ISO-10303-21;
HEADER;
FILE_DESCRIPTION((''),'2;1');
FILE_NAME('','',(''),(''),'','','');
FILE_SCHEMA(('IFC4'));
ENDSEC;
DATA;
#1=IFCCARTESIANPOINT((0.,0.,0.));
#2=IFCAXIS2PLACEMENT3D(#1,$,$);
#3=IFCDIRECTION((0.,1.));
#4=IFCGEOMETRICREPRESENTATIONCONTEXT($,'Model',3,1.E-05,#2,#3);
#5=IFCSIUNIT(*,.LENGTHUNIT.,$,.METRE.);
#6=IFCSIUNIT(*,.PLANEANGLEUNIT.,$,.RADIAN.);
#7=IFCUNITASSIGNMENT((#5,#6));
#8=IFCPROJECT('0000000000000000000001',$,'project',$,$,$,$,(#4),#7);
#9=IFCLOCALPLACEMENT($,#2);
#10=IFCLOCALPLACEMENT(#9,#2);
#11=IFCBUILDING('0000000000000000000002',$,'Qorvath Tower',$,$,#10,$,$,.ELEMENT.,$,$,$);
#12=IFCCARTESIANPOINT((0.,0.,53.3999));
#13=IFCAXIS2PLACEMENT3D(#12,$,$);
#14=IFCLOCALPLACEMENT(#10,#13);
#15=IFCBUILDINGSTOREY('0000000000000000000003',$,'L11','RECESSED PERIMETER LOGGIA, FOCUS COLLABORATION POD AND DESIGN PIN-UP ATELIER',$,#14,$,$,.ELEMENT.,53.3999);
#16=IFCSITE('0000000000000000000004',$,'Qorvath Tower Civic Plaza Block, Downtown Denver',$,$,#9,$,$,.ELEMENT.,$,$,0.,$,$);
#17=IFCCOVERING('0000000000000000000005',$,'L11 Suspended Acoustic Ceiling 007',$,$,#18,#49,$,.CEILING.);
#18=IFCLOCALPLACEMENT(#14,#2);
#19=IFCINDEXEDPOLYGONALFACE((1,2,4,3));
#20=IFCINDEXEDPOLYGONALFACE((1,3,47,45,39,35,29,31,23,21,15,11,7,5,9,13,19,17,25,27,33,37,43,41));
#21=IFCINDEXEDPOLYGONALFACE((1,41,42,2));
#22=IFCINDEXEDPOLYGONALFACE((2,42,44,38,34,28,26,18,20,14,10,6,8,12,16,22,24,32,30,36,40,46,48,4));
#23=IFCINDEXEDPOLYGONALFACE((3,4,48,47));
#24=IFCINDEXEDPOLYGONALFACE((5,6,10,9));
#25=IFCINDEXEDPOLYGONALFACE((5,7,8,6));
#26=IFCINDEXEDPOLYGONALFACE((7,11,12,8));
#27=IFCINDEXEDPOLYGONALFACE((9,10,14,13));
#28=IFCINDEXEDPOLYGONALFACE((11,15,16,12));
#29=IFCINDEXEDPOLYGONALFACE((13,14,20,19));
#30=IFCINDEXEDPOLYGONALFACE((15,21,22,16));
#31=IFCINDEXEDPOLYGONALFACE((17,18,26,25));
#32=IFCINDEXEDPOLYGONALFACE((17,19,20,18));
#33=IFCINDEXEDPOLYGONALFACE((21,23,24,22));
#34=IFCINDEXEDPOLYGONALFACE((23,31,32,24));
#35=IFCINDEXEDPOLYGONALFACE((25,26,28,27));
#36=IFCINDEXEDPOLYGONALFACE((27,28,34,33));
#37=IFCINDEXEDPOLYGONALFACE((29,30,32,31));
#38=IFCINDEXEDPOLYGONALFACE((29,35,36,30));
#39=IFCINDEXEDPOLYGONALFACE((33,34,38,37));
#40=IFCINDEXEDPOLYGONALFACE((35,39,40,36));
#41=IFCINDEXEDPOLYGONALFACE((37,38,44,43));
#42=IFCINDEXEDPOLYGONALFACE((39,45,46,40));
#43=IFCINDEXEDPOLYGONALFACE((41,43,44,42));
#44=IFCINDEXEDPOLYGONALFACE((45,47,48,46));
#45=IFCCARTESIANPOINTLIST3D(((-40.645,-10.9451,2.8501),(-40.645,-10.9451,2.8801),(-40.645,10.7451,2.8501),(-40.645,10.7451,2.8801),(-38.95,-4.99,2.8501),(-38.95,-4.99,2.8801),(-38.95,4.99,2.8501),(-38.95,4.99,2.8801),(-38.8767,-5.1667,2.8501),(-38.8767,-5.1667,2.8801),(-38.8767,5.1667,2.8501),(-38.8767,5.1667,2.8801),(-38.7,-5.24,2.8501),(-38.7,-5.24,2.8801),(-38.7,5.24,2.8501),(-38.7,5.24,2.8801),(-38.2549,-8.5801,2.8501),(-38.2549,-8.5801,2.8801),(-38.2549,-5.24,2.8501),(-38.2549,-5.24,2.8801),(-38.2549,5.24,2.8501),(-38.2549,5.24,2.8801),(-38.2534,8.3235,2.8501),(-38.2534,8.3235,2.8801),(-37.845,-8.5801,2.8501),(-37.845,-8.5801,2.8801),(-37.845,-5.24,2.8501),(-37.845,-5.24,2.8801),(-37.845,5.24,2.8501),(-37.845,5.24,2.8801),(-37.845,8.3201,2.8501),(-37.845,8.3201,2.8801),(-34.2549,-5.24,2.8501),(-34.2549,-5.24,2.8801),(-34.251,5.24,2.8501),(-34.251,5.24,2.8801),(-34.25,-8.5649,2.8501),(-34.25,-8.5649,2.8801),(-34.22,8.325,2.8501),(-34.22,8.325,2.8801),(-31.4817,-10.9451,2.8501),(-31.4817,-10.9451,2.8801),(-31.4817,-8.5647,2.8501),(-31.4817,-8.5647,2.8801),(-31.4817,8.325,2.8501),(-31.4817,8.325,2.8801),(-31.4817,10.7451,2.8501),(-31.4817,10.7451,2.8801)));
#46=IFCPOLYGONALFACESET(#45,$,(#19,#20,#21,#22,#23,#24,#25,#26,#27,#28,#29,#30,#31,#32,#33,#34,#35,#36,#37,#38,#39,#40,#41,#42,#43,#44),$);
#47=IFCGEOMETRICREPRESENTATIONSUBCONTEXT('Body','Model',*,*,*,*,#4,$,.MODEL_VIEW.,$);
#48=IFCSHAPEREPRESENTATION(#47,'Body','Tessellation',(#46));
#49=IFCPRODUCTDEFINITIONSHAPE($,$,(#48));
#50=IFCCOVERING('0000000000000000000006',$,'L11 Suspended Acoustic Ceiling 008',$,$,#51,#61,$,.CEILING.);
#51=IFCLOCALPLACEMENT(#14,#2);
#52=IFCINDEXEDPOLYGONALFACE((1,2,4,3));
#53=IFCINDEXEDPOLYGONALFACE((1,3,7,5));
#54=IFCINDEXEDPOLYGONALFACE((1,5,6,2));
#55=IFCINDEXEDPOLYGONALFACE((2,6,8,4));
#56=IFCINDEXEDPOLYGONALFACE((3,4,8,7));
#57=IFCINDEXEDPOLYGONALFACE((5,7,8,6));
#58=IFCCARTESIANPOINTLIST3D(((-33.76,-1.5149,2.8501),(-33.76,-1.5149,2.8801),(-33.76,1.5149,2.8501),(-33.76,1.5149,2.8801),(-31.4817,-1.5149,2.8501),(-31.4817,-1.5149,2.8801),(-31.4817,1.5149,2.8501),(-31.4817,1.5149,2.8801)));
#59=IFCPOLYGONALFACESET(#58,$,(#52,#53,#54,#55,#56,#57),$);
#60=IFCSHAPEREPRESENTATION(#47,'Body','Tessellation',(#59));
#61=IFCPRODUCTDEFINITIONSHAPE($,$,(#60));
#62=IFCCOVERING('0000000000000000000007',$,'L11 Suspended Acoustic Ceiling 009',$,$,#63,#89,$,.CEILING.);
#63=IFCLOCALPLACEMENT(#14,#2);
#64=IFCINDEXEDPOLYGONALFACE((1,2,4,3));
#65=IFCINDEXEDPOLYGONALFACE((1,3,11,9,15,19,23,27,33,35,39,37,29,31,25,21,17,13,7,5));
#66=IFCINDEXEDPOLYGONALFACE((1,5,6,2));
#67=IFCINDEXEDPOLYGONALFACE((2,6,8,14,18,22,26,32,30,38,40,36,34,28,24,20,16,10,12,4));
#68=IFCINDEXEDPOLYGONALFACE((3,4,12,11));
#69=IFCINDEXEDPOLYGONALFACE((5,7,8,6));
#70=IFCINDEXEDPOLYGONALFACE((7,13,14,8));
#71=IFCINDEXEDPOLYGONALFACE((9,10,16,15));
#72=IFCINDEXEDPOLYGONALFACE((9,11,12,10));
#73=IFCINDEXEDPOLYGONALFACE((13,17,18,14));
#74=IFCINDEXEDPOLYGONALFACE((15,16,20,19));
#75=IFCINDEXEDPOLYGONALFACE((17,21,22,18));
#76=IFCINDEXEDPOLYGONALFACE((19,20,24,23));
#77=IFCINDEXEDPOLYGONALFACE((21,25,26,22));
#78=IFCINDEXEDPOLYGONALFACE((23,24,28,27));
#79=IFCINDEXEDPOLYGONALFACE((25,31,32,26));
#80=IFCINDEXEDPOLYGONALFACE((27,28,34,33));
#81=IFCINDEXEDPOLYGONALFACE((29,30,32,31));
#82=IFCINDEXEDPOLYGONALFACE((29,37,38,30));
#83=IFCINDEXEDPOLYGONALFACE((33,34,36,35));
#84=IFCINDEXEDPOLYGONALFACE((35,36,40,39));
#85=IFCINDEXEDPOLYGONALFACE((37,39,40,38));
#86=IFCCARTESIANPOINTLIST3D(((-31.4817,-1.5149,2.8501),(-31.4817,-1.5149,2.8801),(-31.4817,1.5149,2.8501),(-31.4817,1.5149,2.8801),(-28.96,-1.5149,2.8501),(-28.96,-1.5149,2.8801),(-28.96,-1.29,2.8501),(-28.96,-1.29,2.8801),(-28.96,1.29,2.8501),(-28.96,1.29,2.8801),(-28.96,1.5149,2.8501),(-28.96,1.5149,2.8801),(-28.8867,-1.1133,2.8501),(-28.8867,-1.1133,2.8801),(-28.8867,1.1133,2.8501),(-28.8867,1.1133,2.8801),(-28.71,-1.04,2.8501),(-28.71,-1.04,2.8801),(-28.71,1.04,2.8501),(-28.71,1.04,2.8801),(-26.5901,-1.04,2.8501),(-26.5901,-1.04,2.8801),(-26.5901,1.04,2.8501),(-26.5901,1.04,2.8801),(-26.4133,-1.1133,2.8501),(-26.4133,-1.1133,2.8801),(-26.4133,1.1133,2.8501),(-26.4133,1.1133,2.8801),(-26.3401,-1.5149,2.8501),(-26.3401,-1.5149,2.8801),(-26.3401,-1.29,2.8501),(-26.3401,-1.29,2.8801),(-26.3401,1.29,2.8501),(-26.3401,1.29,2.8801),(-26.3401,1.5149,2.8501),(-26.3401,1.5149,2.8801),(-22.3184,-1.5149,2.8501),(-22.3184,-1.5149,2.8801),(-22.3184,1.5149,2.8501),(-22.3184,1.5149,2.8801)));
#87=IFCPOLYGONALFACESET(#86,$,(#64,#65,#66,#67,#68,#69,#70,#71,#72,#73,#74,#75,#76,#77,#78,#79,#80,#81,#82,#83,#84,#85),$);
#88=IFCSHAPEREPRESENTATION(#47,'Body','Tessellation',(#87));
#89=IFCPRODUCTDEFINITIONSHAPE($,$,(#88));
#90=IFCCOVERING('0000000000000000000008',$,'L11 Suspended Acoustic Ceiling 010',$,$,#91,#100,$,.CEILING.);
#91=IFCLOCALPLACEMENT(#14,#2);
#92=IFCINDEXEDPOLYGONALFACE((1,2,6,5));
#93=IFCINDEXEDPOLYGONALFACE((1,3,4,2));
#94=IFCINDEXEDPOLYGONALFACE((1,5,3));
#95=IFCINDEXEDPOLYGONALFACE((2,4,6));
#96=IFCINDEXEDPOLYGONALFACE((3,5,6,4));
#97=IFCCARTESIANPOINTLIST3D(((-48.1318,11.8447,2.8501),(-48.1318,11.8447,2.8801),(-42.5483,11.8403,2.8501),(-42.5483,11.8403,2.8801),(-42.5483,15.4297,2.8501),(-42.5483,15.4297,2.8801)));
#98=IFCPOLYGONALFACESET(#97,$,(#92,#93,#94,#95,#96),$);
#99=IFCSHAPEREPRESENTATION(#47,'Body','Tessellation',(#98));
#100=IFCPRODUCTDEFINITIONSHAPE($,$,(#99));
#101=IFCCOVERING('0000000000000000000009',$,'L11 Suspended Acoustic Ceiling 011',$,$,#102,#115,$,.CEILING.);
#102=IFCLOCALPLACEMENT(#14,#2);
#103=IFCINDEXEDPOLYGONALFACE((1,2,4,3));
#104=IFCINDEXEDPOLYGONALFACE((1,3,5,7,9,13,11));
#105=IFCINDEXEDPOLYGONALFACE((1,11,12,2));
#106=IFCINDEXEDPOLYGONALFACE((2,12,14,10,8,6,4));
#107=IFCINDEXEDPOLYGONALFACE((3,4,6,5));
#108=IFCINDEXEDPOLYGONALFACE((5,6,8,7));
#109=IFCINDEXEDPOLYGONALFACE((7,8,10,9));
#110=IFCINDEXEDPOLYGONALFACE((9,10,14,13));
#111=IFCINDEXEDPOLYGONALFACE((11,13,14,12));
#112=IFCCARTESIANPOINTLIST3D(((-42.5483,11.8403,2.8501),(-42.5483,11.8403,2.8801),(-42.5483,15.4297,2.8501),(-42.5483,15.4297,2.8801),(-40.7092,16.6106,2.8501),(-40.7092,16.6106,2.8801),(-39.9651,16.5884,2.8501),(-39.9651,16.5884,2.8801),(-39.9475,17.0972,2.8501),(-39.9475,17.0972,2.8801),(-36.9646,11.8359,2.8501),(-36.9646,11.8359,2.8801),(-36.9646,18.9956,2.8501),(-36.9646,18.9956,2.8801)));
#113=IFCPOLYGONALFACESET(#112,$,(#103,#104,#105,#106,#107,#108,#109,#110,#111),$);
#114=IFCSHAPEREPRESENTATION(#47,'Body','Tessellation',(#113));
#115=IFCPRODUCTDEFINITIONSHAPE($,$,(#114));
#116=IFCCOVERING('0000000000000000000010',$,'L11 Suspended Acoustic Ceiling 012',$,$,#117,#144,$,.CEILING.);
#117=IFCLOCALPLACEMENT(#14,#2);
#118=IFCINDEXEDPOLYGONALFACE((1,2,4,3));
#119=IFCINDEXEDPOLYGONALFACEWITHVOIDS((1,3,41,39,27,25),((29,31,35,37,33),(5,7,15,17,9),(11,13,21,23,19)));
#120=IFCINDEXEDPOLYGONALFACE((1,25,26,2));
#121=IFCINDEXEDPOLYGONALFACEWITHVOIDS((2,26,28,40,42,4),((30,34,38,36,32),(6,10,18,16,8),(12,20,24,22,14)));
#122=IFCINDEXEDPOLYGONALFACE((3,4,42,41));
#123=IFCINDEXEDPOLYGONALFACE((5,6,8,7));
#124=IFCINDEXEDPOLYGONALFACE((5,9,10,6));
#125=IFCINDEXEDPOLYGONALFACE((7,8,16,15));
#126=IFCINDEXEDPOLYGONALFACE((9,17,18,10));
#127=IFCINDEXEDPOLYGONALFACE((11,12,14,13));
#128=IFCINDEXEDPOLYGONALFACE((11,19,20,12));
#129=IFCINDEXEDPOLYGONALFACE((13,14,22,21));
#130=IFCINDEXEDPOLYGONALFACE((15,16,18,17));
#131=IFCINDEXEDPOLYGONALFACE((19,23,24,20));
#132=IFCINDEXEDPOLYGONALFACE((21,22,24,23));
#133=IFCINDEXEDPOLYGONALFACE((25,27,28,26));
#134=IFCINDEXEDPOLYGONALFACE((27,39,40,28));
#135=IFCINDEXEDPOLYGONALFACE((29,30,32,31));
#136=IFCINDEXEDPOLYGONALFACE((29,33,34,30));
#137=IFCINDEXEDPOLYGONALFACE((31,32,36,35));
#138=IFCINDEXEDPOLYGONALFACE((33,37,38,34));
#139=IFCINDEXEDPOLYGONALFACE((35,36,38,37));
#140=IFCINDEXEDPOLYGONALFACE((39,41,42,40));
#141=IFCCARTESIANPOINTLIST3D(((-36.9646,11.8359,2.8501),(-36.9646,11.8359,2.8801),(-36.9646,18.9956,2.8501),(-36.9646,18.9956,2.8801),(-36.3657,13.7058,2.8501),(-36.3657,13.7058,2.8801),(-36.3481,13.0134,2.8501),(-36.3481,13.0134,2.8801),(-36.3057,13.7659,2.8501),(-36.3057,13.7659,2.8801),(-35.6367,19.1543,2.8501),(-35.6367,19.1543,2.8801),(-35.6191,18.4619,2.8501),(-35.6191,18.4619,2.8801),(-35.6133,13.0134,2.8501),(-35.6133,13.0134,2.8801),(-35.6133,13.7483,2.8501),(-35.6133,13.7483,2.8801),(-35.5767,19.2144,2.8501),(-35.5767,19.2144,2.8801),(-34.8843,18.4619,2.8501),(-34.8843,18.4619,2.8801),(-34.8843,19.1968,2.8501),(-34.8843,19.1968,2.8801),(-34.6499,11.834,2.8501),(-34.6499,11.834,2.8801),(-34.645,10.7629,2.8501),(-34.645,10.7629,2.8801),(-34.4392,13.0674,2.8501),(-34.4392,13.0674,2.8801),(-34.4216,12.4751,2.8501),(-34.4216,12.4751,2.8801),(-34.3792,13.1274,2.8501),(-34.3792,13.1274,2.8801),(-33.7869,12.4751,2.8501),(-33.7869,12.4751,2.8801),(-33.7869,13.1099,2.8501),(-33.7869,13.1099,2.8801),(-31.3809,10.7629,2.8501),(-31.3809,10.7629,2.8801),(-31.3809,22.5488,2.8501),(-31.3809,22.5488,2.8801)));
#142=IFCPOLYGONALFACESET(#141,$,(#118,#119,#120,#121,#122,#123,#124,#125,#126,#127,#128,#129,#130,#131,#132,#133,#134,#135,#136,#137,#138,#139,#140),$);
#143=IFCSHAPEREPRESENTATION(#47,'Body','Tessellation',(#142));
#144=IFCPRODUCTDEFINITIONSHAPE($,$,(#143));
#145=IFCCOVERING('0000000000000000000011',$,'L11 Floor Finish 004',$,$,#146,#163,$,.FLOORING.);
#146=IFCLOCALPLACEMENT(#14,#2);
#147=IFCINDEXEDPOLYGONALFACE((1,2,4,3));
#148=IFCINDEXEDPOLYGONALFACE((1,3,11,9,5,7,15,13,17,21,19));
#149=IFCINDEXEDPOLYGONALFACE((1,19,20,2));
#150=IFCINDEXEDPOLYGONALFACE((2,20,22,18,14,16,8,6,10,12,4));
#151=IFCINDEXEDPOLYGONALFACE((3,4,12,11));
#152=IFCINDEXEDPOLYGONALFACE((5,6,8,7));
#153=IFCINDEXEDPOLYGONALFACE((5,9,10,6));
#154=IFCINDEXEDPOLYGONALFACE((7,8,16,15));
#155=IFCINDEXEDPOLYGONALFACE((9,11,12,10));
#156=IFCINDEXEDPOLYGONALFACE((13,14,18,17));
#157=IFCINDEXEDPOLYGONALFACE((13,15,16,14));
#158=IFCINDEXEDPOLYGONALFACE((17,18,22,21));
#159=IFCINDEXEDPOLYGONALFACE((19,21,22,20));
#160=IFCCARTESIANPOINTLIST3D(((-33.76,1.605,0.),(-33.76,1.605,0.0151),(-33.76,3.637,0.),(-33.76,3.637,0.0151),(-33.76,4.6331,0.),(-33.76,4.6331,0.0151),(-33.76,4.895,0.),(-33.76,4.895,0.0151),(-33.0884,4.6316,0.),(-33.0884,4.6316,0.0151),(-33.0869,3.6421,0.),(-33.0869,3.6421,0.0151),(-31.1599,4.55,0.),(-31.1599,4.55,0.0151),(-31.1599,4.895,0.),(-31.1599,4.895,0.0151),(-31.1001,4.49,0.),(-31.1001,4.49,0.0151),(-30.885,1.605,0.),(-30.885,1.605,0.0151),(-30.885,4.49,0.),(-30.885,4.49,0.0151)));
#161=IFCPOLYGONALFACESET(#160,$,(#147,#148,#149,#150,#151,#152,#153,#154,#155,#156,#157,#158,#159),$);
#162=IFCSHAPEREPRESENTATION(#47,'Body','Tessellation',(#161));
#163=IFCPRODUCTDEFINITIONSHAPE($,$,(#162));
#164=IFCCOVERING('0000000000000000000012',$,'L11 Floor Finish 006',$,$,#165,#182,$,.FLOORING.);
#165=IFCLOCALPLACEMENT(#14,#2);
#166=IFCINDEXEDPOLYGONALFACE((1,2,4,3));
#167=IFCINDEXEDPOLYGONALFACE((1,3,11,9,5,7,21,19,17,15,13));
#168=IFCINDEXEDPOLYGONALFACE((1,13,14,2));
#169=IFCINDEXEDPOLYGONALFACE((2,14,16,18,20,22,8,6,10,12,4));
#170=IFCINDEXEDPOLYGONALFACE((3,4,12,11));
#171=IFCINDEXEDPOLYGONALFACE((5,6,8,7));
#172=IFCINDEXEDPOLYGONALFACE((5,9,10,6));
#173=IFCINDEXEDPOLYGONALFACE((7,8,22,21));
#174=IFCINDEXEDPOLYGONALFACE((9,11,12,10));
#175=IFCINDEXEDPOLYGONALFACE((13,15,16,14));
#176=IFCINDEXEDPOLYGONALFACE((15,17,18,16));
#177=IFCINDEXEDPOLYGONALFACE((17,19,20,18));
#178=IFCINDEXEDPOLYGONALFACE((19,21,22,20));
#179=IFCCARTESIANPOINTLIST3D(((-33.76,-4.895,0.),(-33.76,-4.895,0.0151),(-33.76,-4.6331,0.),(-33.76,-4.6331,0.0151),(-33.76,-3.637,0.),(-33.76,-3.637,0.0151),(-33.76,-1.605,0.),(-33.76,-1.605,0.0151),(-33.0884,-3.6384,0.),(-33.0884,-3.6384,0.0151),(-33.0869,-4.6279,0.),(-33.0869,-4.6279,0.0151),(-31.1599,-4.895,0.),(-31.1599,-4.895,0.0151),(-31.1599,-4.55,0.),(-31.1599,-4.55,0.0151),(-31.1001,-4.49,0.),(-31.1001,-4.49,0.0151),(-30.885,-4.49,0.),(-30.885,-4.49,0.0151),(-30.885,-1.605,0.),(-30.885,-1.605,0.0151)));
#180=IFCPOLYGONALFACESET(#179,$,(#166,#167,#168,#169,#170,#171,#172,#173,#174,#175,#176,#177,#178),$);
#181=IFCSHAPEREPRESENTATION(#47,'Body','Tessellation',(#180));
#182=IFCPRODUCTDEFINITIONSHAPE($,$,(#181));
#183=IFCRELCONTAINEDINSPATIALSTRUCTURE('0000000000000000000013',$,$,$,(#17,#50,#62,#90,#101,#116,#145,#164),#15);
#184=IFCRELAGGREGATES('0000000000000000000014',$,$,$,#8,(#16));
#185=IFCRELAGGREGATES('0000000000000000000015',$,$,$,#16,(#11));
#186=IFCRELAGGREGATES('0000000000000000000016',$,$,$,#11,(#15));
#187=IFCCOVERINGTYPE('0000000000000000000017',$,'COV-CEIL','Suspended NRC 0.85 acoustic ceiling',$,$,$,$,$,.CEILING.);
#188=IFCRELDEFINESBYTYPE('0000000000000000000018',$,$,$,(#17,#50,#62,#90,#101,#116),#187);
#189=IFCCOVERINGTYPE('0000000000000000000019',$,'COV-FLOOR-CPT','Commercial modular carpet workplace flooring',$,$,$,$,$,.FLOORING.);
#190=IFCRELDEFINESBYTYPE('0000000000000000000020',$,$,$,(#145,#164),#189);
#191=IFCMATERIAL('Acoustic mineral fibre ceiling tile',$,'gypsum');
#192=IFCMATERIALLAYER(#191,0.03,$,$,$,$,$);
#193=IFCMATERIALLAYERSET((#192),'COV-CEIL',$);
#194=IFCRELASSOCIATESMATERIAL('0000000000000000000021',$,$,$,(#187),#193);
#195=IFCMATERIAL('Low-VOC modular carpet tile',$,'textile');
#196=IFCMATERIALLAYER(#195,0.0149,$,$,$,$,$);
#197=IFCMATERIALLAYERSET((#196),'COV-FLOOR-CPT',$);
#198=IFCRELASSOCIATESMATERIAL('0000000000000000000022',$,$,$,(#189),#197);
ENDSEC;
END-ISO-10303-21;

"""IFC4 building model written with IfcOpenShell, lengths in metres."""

from ifc_helpers import new_model, si_unit, direction, frame, origin, place, context, subcontext, project, spatial, polyline, outline, extrude, material, layer, layer_set, type_object, element, save


model = new_model("IFC4")

# Units and contexts
model_context = context("Model", 3, precision=1e-05, world=origin(), true_north=direction((0.0, 1.0)))
body_context = subcontext(model_context, "Body", "Model", "MODEL_VIEW")
ifc_project = project(units=[si_unit("LENGTHUNIT", "METRE"), si_unit("PLANEANGLEUNIT", "RADIAN")], contexts=[model_context])

# Site, building, storey
site_placement = place(None, origin())
site = spatial("IfcSite", under=ifc_project, at=site_placement, Name="Qorvath Tower Civic Plaza Block, Downtown Denver", CompositionType="ELEMENT", RefElevation=0.0)
building_placement = place(site_placement, origin())
building = spatial("IfcBuilding", under=site, at=building_placement, Name="Qorvath Tower", CompositionType="ELEMENT")
storey_placement = place(building_placement, frame((0.0, 0.0, 53.3999)))
storey = spatial("IfcBuildingStorey", under=building, at=storey_placement, Name="L11", Description="RECESSED PERIMETER LOGGIA, FOCUS COLLABORATION POD AND DESIGN PIN-UP ATELIER", CompositionType="ELEMENT", Elevation=53.3999)

# Coverings
ifc_material_1 = material(Name="Acoustic mineral fibre ceiling tile", Category="gypsum")
ifc_layer_1 = layer(ifc_material_1, 0.03)
ifc_layer_set_1 = layer_set([ifc_layer_1], Name="COV-CEIL")
covering_type_1 = type_object("IfcCoveringType", Name="COV-CEIL", Description="Suspended NRC 0.85 acoustic ceiling", PredefinedType="CEILING", material=ifc_layer_set_1)
covering_1_placement = place(storey_placement, frame((0.0, 0.0, 2.8501)))
element("IfcCovering", 1, at=covering_1_placement, inside=storey, type_object=covering_type_1, Name="L11 Suspended Acoustic Ceiling 007", PredefinedType="CEILING", context=body_context, shape_type="SweptSolid", body=[
    extrude(outline(polyline([(-31.4817, -10.9451), (-31.4817, -8.5647), (-34.25, -8.5649), (-34.2549, -5.24), (-37.845, -5.24), (-37.845, -8.5801), (-38.2549, -8.5801), (-38.2549, -5.24), (-38.7, -5.24), (-38.8767, -5.1667), (-38.95, -4.99), (-38.95, 4.99), (-38.8767, 5.1667), (-38.7, 5.24), (-38.2549, 5.24), (-38.2534, 8.3235), (-37.845, 8.3201), (-37.845, 5.24), (-34.251, 5.24), (-34.22, 8.325), (-31.4817, 8.325), (-31.4817, 10.7451), (-40.645, 10.7451), (-40.645, -10.9451), (-31.4817, -10.9451)])), origin(), (0.0, 0.0, 1.0), 0.03),
])
covering_2_placement = place(storey_placement, frame((0.0, 0.0, 2.8501)))
element("IfcCovering", 2, at=covering_2_placement, inside=storey, type_object=covering_type_1, Name="L11 Suspended Acoustic Ceiling 008", PredefinedType="CEILING", context=body_context, shape_type="SweptSolid", body=[
    extrude(outline(polyline([(-31.4817, -1.5149), (-31.4817, 1.5149), (-33.76, 1.5149), (-33.76, -1.5149), (-31.4817, -1.5149)])), origin(), (0.0, 0.0, 1.0), 0.03),
])
covering_3_placement = place(storey_placement, frame((0.0, 0.0, 2.8501)))
element("IfcCovering", 3, at=covering_3_placement, inside=storey, type_object=covering_type_1, Name="L11 Suspended Acoustic Ceiling 009", PredefinedType="CEILING", context=body_context, shape_type="SweptSolid", body=[
    extrude(outline(polyline([(-22.3184, -1.5149), (-22.3184, 1.5149), (-26.3401, 1.5149), (-26.3401, 1.29), (-26.4133, 1.1133), (-26.5901, 1.04), (-28.71, 1.04), (-28.8867, 1.1133), (-28.96, 1.29), (-28.96, 1.5149), (-31.4817, 1.5149), (-31.4817, -1.5149), (-28.96, -1.5149), (-28.96, -1.29), (-28.8867, -1.1133), (-28.71, -1.04), (-26.5901, -1.04), (-26.4133, -1.1133), (-26.3401, -1.29), (-26.3401, -1.5149), (-22.3184, -1.5149)])), origin(), (0.0, 0.0, 1.0), 0.03),
])
covering_4_placement = place(storey_placement, frame((0.0, 0.0, 2.8501)))
element("IfcCovering", 4, at=covering_4_placement, inside=storey, type_object=covering_type_1, Name="L11 Suspended Acoustic Ceiling 010", PredefinedType="CEILING", context=body_context, shape_type="SweptSolid", body=[
    extrude(outline(polyline([(-42.5483, 11.8403), (-42.5483, 15.4297), (-48.1318, 11.8447), (-42.5483, 11.8403)])), origin(), (0.0, 0.0, 1.0), 0.03),
])
covering_5_placement = place(storey_placement, frame((0.0, 0.0, 2.8501)))
element("IfcCovering", 5, at=covering_5_placement, inside=storey, type_object=covering_type_1, Name="L11 Suspended Acoustic Ceiling 011", PredefinedType="CEILING", context=body_context, shape_type="SweptSolid", body=[
    extrude(outline(polyline([(-36.9646, 11.8359), (-36.9646, 18.9956), (-39.9475, 17.0972), (-39.9651, 16.5884), (-40.7092, 16.6106), (-42.5483, 15.4297), (-42.5483, 11.8403), (-36.9646, 11.8359)])), origin(), (0.0, 0.0, 1.0), 0.03),
])
covering_6_placement = place(storey_placement, frame((0.0, 0.0, 2.8501)))
element("IfcCovering", 6, at=covering_6_placement, inside=storey, type_object=covering_type_1, Name="L11 Suspended Acoustic Ceiling 012", PredefinedType="CEILING", context=body_context, shape_type="SweptSolid", body=[
    extrude(outline(polyline([(-31.3809, 22.5488), (-36.9646, 18.9956), (-36.9646, 11.8359), (-34.6499, 11.834), (-34.645, 10.7629), (-31.3809, 10.7629), (-31.3809, 22.5488)]), holes=[polyline([(-34.4392, 13.0674), (-34.3792, 13.1274), (-33.7869, 13.1099), (-33.7869, 12.4751), (-34.4216, 12.4751), (-34.4392, 13.0674)]), polyline([(-35.6367, 19.1543), (-35.5767, 19.2144), (-34.8843, 19.1968), (-34.8843, 18.4619), (-35.6191, 18.4619), (-35.6367, 19.1543)]), polyline([(-36.3657, 13.7058), (-36.3057, 13.7659), (-35.6133, 13.7483), (-35.6133, 13.0134), (-36.3481, 13.0134), (-36.3657, 13.7058)])]), origin(), (0.0, 0.0, 1.0), 0.03),
])
ifc_material_2 = material(Name="Low-VOC modular carpet tile", Category="textile")
ifc_layer_2 = layer(ifc_material_2, 0.0149)
ifc_layer_set_2 = layer_set([ifc_layer_2], Name="COV-FLOOR-CPT")
covering_type_2 = type_object("IfcCoveringType", Name="COV-FLOOR-CPT", Description="Commercial modular carpet workplace flooring", PredefinedType="FLOORING", material=ifc_layer_set_2)
covering_7_placement = place(storey_placement, origin())
element("IfcCovering", 7, at=covering_7_placement, inside=storey, type_object=covering_type_2, Name="L11 Floor Finish 004", PredefinedType="FLOORING", context=body_context, shape_type="SweptSolid", body=[
    extrude(outline(polyline([(-31.1599, 4.895), (-33.76, 4.895), (-33.76, 4.6331), (-33.0884, 4.6316), (-33.0869, 3.6421), (-33.76, 3.637), (-33.76, 1.605), (-30.885, 1.605), (-30.885, 4.49), (-31.1001, 4.49), (-31.1599, 4.55), (-31.1599, 4.895)])), origin(), (0.0, 0.0, 1.0), 0.0151),
])
covering_8_placement = place(storey_placement, origin())
element("IfcCovering", 8, at=covering_8_placement, inside=storey, type_object=covering_type_2, Name="L11 Floor Finish 006", PredefinedType="FLOORING", context=body_context, shape_type="SweptSolid", body=[
    extrude(outline(polyline([(-30.885, -4.49), (-30.885, -1.605), (-33.76, -1.605), (-33.76, -3.637), (-33.0884, -3.6384), (-33.0869, -4.6279), (-33.76, -4.6331), (-33.76, -4.895), (-31.1599, -4.895), (-31.1599, -4.55), (-31.1001, -4.49), (-30.885, -4.49)])), origin(), (0.0, 0.0, 1.0), 0.0151),
])

save(model, "model.ifc")
